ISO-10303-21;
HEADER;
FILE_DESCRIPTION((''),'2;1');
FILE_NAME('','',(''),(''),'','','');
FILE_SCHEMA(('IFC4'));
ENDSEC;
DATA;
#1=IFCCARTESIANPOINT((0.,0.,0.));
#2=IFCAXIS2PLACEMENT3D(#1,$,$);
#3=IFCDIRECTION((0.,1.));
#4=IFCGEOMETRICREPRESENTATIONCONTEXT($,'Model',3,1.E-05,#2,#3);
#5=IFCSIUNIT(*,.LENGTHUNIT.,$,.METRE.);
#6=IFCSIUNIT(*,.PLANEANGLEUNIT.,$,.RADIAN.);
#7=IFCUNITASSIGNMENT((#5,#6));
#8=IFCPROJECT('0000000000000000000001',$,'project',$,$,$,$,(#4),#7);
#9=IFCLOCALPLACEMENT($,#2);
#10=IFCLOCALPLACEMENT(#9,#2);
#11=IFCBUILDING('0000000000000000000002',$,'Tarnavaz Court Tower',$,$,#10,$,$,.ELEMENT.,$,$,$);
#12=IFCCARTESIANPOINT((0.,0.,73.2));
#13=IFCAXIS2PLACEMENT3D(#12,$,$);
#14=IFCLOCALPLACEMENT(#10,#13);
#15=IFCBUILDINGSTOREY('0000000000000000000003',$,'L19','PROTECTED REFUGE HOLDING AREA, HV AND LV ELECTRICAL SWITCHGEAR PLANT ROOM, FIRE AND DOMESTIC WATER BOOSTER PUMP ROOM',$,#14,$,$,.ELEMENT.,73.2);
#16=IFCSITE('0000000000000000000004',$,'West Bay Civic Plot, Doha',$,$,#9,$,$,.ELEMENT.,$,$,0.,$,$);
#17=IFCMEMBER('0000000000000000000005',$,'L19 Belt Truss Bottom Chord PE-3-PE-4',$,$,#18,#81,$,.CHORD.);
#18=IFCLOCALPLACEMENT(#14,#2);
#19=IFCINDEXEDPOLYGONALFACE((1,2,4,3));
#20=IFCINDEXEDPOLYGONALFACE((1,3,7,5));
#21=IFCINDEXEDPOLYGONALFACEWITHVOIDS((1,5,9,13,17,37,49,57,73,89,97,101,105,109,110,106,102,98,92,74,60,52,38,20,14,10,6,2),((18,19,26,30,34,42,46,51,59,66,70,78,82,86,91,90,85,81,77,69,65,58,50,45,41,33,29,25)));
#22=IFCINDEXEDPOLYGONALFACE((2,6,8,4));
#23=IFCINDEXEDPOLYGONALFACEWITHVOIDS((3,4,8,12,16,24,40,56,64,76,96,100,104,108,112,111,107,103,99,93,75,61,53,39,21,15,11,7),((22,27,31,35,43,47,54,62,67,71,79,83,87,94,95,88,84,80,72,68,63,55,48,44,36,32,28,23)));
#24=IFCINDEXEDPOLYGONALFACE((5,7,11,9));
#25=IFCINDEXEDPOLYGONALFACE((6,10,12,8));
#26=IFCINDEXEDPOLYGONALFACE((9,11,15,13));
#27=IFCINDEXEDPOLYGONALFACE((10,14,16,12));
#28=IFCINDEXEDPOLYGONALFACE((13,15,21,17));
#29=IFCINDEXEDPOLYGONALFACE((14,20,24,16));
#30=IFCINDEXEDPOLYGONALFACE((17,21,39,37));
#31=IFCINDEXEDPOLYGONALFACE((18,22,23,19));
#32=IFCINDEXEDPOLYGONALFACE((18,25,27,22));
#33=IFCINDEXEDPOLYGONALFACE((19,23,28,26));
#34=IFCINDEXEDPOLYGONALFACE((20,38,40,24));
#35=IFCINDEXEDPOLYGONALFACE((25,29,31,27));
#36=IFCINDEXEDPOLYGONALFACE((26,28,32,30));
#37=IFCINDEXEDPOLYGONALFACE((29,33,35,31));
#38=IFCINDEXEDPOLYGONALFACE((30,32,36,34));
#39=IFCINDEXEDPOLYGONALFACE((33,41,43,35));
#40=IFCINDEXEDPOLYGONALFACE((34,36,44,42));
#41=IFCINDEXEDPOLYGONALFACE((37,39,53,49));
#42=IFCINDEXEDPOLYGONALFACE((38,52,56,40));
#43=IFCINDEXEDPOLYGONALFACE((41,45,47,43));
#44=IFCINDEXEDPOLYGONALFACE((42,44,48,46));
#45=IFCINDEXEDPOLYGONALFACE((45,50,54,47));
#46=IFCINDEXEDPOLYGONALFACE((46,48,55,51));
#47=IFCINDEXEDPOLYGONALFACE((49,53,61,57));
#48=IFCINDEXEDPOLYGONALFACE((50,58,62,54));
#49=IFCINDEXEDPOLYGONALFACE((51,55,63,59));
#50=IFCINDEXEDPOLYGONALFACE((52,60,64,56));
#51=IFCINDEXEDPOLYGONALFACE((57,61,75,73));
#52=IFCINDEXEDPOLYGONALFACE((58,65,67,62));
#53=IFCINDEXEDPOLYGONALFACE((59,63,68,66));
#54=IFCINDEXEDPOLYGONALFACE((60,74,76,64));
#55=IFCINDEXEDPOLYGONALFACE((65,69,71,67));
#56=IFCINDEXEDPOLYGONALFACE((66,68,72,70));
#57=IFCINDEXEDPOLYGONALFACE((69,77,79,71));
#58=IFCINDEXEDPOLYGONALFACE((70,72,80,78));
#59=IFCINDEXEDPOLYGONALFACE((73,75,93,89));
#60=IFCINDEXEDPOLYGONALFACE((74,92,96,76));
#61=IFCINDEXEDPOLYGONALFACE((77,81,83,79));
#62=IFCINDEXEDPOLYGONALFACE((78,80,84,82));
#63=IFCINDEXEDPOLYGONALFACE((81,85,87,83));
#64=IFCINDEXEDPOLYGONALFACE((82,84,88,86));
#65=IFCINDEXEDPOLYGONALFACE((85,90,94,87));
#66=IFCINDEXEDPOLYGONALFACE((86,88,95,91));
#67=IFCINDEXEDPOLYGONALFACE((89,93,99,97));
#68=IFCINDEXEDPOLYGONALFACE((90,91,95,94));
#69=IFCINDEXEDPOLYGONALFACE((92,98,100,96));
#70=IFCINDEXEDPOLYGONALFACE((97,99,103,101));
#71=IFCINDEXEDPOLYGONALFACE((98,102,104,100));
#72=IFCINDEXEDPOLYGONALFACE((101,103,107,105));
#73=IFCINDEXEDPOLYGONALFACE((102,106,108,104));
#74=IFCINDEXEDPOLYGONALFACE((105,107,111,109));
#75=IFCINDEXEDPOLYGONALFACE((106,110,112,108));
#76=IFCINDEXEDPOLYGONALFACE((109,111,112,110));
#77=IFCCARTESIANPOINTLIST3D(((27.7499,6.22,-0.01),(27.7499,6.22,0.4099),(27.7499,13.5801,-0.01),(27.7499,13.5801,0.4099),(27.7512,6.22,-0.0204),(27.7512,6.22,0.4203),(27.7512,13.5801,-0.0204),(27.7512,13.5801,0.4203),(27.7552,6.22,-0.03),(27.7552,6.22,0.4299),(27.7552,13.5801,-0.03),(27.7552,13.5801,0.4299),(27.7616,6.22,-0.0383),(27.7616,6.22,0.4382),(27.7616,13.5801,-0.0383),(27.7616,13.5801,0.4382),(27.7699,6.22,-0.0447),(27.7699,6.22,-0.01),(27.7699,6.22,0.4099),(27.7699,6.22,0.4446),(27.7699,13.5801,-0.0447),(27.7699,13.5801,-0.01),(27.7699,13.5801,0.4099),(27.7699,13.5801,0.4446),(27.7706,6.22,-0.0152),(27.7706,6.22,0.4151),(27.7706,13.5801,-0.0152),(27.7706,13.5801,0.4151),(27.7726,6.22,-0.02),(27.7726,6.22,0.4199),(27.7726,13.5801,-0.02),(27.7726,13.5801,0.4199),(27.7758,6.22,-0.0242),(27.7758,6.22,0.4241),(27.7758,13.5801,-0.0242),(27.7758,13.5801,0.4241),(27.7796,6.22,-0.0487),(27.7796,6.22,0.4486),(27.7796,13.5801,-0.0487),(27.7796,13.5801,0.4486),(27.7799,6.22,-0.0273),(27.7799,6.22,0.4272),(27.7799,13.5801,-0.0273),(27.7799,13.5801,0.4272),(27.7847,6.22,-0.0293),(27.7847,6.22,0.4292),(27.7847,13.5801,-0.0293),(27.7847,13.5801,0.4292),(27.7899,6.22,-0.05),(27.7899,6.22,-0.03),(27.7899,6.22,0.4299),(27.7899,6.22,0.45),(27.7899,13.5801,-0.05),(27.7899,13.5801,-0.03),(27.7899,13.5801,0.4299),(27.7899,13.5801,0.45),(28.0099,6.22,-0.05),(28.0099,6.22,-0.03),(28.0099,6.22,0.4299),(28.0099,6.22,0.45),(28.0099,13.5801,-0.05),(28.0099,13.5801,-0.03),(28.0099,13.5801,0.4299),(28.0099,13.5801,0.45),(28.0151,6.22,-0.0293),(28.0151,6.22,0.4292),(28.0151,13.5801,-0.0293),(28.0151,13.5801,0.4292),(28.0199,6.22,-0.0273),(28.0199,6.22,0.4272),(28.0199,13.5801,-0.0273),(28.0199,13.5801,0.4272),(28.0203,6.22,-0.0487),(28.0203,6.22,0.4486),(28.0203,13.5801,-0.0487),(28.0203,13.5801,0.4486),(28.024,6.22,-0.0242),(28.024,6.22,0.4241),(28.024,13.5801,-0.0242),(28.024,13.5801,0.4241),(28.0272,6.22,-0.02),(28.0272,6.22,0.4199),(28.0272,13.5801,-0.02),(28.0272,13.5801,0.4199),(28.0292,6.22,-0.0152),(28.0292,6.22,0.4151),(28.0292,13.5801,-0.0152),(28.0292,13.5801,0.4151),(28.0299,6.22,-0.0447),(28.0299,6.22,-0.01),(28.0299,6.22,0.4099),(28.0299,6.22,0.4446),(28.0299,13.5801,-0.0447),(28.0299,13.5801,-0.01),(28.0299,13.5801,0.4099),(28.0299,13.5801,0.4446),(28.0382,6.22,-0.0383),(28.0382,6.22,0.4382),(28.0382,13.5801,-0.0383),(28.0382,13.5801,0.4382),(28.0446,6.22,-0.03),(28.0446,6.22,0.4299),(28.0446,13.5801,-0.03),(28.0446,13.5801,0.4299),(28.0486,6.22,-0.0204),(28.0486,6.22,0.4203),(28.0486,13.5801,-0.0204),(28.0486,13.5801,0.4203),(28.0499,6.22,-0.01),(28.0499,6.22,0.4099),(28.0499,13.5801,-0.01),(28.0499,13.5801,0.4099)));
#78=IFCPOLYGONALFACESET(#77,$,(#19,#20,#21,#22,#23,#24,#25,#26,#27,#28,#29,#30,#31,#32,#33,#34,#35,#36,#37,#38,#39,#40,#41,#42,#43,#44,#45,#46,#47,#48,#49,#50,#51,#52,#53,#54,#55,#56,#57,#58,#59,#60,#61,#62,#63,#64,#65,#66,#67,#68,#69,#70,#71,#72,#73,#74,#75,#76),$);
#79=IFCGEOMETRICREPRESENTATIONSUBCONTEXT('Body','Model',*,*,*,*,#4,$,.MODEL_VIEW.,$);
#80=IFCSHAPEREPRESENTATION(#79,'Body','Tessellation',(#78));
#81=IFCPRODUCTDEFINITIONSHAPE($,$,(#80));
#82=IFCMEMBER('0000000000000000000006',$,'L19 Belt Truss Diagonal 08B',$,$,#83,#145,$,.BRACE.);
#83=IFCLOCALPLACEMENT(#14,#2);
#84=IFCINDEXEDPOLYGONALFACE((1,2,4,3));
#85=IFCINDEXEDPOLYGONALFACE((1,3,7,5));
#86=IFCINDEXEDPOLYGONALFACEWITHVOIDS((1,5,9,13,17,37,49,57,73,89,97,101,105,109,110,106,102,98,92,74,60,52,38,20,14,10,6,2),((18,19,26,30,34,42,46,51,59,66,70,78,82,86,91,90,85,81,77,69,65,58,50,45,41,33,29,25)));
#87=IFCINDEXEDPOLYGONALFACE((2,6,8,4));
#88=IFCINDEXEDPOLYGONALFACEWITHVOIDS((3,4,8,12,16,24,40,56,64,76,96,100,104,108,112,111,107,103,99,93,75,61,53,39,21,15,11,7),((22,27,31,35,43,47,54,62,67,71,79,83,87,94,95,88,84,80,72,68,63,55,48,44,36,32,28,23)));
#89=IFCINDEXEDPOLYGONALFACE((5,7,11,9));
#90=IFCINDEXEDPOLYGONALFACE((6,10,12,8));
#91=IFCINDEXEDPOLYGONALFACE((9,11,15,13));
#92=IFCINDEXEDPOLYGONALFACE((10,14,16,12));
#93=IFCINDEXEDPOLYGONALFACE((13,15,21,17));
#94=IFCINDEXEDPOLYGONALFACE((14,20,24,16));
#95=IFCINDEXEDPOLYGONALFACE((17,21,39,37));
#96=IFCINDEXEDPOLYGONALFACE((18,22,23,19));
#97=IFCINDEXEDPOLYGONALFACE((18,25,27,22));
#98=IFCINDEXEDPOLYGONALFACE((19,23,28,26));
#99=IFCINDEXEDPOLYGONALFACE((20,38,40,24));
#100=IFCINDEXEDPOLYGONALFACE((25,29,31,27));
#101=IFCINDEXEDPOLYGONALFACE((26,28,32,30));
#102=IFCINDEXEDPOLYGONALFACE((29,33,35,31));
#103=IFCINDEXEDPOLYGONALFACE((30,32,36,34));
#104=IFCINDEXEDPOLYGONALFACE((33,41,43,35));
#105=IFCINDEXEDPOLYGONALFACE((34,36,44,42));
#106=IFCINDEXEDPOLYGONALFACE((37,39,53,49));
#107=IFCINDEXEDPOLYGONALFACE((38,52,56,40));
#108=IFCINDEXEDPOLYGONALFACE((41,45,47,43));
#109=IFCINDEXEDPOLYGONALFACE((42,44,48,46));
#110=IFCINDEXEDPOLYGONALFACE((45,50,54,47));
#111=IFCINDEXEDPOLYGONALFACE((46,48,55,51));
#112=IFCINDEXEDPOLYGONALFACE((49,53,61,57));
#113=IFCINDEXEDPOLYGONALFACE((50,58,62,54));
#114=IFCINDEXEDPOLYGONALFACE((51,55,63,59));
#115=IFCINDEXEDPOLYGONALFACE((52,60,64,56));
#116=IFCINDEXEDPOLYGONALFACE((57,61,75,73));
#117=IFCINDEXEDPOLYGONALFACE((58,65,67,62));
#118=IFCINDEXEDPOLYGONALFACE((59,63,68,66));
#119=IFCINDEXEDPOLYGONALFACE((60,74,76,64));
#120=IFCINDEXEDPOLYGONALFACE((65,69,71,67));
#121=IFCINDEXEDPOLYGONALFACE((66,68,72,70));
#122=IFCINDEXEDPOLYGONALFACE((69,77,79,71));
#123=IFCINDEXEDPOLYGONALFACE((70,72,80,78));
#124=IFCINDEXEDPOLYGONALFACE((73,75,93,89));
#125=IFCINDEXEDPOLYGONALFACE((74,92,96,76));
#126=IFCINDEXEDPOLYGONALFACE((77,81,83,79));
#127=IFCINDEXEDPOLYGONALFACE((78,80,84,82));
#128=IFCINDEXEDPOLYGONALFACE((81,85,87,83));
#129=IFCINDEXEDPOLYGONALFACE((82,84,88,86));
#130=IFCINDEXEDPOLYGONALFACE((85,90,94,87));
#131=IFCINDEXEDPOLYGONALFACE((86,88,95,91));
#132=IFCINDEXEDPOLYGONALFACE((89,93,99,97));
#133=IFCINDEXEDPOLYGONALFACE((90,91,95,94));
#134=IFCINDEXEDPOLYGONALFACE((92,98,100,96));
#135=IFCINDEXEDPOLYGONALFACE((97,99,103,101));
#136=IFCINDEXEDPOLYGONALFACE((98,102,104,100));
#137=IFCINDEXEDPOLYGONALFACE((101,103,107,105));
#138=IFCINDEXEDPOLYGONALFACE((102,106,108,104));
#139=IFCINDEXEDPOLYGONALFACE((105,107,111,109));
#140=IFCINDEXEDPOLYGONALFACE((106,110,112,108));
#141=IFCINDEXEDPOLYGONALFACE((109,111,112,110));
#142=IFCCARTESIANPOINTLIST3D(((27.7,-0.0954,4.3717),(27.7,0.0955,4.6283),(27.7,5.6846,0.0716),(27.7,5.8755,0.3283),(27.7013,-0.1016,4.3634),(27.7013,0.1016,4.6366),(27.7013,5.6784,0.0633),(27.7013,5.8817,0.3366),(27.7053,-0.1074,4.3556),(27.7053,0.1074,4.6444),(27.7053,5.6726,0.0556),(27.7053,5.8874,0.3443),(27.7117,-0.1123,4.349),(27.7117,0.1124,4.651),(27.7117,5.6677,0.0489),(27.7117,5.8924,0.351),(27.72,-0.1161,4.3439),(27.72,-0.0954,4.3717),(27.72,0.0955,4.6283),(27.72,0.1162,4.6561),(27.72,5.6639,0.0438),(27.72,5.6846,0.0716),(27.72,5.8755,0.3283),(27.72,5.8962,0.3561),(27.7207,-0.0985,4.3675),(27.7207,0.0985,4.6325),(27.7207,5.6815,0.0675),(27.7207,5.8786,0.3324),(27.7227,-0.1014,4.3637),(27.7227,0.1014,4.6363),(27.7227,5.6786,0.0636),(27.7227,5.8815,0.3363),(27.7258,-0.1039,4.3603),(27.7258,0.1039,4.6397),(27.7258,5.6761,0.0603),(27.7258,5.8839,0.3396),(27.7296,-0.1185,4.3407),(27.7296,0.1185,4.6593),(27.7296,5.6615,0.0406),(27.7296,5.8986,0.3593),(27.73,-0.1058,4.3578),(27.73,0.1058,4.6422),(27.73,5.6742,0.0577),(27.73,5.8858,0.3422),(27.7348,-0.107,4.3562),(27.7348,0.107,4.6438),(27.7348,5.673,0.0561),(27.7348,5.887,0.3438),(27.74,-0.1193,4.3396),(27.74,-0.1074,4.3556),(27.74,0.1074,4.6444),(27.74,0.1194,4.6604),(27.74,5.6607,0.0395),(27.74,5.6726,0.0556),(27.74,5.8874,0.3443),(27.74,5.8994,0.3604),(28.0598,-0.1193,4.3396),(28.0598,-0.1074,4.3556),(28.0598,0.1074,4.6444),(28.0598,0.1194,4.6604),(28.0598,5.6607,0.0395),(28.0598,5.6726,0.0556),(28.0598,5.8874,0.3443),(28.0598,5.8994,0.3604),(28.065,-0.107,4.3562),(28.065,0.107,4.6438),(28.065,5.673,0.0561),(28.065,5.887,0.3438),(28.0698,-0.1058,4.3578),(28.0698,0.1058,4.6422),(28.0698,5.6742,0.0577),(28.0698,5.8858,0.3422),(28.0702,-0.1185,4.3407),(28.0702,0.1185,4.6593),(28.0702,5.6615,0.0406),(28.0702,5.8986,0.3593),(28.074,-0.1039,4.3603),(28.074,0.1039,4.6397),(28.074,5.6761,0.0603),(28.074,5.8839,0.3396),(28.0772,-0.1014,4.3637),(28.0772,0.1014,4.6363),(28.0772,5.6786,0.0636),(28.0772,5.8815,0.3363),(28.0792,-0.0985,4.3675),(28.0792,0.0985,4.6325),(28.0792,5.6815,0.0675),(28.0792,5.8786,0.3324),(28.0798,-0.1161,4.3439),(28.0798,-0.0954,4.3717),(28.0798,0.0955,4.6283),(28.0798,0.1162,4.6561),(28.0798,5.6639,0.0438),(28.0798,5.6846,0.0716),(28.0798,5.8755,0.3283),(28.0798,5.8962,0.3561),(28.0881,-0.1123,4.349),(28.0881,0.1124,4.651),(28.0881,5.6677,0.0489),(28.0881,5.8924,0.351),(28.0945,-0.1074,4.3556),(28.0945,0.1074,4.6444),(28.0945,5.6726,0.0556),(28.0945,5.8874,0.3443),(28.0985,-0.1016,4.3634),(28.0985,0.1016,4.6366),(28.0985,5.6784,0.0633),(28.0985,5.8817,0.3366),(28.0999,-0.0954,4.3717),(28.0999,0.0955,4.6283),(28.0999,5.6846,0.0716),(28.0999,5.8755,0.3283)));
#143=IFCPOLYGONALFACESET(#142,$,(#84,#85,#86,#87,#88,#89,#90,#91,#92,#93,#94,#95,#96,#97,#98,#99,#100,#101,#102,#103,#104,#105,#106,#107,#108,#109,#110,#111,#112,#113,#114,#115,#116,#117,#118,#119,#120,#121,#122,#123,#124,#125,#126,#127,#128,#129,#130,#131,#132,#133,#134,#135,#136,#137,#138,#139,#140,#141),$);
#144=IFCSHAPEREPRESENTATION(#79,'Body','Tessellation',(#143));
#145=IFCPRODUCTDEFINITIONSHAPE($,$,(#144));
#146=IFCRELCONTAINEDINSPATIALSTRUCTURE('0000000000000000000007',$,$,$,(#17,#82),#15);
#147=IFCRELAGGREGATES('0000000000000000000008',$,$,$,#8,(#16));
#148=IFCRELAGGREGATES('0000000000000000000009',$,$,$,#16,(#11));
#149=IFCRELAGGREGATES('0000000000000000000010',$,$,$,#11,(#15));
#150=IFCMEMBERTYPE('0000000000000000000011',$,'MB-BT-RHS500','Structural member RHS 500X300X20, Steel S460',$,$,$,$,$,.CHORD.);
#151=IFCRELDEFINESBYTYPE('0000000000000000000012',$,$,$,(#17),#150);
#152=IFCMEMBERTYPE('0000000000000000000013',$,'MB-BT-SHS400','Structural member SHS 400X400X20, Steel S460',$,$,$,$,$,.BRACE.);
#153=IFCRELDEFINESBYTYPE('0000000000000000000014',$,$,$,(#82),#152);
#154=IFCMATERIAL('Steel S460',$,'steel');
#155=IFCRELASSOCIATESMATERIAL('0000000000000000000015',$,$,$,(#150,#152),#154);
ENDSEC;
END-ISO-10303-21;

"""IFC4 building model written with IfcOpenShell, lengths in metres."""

from ifc_helpers import new_model, si_unit, direction, frame, origin, origin_2d, place, context, subcontext, project, spatial, hollow_rectangle, extrude, material, material_profile, profile_set, type_object, element, save


model = new_model("IFC4")

# Units and contexts
model_context = context("Model", 3, precision=1e-05, world=origin(), true_north=direction((0.0, 1.0)))
body_context = subcontext(model_context, "Body", "Model", "MODEL_VIEW")
ifc_project = project(units=[si_unit("LENGTHUNIT", "METRE"), si_unit("PLANEANGLEUNIT", "RADIAN")], contexts=[model_context])

# Site, building, storey
site_placement = place(None, origin())
site = spatial("IfcSite", under=ifc_project, at=site_placement, Name="West Bay Civic Plot, Doha", CompositionType="ELEMENT", RefElevation=0.0)
building_placement = place(site_placement, origin())
building = spatial("IfcBuilding", under=site, at=building_placement, Name="Tarnavaz Court Tower", CompositionType="ELEMENT")
storey_placement = place(building_placement, frame((0.0, 0.0, 73.2)))
storey = spatial("IfcBuildingStorey", under=building, at=storey_placement, Name="L19", Description="PROTECTED REFUGE HOLDING AREA, HV AND LV ELECTRICAL SWITCHGEAR PLANT ROOM, FIRE AND DOMESTIC WATER BOOSTER PUMP ROOM", CompositionType="ELEMENT", Elevation=73.2)

# Shared definitions
ifc_material_1 = material(Name="Steel S460", Category="steel")

# Members
ifc_material_profile_1 = material_profile(ifc_material_1, hollow_rectangle(XDim=0.3, YDim=0.5, WallThickness=0.02, InnerFilletRadius=0.02, OuterFilletRadius=0.04, at=origin_2d()), Name="RHS 500X300X20")
ifc_profile_set_1 = profile_set([ifc_material_profile_1], Name="Steel S460")
member_type_1 = type_object("IfcMemberType", Name="MB-BT-RHS500", Description="Structural member RHS 500X300X20, Steel S460", PredefinedType="CHORD", material=ifc_profile_set_1)
member_1_placement = place(storey_placement, frame((27.8999, 6.22, 0.2), z_axis=(0.0, 1.0, 0.0), x_axis=(-1.0, 0.0, 0.0)))
element("IfcMember", 1, at=member_1_placement, inside=storey, type_object=member_type_1, Name="L19 Belt Truss Bottom Chord PE-3-PE-4", PredefinedType="CHORD", context=body_context, shape_type="SweptSolid", body=[
    extrude(hollow_rectangle(XDim=0.3, YDim=0.5, WallThickness=0.02, InnerFilletRadius=0.02, OuterFilletRadius=0.04, at=origin_2d()), origin(), (0.0, 0.0, 1.0), 7.3601),
])
ifc_material_profile_2 = material_profile(ifc_material_1, hollow_rectangle(XDim=0.3999, YDim=0.3999, WallThickness=0.02, InnerFilletRadius=0.02, OuterFilletRadius=0.04, at=origin_2d()), Name="SHS 400X400X20")
ifc_profile_set_2 = profile_set([ifc_material_profile_2], Name="Steel S460")
member_type_2 = type_object("IfcMemberType", Name="MB-BT-SHS400", Description="Structural member SHS 400X400X20, Steel S460", PredefinedType="BRACE", material=ifc_profile_set_2)
member_2_placement = place(storey_placement, frame((27.8999, 5.78, 0.2), z_axis=(0.0, -0.802324, 0.596889), x_axis=(1.0, 0.0, 0.0)))
element("IfcMember", 2, at=member_2_placement, inside=storey, type_object=member_type_2, Name="L19 Belt Truss Diagonal 08B", PredefinedType="BRACE", context=body_context, shape_type="SweptSolid", body=[
    extrude(hollow_rectangle(XDim=0.3999, YDim=0.3999, WallThickness=0.02, InnerFilletRadius=0.02, OuterFilletRadius=0.04, at=origin_2d()), origin(), (0.0, 0.0, 1.0), 7.2041),
])

save(model, "model.ifc")
